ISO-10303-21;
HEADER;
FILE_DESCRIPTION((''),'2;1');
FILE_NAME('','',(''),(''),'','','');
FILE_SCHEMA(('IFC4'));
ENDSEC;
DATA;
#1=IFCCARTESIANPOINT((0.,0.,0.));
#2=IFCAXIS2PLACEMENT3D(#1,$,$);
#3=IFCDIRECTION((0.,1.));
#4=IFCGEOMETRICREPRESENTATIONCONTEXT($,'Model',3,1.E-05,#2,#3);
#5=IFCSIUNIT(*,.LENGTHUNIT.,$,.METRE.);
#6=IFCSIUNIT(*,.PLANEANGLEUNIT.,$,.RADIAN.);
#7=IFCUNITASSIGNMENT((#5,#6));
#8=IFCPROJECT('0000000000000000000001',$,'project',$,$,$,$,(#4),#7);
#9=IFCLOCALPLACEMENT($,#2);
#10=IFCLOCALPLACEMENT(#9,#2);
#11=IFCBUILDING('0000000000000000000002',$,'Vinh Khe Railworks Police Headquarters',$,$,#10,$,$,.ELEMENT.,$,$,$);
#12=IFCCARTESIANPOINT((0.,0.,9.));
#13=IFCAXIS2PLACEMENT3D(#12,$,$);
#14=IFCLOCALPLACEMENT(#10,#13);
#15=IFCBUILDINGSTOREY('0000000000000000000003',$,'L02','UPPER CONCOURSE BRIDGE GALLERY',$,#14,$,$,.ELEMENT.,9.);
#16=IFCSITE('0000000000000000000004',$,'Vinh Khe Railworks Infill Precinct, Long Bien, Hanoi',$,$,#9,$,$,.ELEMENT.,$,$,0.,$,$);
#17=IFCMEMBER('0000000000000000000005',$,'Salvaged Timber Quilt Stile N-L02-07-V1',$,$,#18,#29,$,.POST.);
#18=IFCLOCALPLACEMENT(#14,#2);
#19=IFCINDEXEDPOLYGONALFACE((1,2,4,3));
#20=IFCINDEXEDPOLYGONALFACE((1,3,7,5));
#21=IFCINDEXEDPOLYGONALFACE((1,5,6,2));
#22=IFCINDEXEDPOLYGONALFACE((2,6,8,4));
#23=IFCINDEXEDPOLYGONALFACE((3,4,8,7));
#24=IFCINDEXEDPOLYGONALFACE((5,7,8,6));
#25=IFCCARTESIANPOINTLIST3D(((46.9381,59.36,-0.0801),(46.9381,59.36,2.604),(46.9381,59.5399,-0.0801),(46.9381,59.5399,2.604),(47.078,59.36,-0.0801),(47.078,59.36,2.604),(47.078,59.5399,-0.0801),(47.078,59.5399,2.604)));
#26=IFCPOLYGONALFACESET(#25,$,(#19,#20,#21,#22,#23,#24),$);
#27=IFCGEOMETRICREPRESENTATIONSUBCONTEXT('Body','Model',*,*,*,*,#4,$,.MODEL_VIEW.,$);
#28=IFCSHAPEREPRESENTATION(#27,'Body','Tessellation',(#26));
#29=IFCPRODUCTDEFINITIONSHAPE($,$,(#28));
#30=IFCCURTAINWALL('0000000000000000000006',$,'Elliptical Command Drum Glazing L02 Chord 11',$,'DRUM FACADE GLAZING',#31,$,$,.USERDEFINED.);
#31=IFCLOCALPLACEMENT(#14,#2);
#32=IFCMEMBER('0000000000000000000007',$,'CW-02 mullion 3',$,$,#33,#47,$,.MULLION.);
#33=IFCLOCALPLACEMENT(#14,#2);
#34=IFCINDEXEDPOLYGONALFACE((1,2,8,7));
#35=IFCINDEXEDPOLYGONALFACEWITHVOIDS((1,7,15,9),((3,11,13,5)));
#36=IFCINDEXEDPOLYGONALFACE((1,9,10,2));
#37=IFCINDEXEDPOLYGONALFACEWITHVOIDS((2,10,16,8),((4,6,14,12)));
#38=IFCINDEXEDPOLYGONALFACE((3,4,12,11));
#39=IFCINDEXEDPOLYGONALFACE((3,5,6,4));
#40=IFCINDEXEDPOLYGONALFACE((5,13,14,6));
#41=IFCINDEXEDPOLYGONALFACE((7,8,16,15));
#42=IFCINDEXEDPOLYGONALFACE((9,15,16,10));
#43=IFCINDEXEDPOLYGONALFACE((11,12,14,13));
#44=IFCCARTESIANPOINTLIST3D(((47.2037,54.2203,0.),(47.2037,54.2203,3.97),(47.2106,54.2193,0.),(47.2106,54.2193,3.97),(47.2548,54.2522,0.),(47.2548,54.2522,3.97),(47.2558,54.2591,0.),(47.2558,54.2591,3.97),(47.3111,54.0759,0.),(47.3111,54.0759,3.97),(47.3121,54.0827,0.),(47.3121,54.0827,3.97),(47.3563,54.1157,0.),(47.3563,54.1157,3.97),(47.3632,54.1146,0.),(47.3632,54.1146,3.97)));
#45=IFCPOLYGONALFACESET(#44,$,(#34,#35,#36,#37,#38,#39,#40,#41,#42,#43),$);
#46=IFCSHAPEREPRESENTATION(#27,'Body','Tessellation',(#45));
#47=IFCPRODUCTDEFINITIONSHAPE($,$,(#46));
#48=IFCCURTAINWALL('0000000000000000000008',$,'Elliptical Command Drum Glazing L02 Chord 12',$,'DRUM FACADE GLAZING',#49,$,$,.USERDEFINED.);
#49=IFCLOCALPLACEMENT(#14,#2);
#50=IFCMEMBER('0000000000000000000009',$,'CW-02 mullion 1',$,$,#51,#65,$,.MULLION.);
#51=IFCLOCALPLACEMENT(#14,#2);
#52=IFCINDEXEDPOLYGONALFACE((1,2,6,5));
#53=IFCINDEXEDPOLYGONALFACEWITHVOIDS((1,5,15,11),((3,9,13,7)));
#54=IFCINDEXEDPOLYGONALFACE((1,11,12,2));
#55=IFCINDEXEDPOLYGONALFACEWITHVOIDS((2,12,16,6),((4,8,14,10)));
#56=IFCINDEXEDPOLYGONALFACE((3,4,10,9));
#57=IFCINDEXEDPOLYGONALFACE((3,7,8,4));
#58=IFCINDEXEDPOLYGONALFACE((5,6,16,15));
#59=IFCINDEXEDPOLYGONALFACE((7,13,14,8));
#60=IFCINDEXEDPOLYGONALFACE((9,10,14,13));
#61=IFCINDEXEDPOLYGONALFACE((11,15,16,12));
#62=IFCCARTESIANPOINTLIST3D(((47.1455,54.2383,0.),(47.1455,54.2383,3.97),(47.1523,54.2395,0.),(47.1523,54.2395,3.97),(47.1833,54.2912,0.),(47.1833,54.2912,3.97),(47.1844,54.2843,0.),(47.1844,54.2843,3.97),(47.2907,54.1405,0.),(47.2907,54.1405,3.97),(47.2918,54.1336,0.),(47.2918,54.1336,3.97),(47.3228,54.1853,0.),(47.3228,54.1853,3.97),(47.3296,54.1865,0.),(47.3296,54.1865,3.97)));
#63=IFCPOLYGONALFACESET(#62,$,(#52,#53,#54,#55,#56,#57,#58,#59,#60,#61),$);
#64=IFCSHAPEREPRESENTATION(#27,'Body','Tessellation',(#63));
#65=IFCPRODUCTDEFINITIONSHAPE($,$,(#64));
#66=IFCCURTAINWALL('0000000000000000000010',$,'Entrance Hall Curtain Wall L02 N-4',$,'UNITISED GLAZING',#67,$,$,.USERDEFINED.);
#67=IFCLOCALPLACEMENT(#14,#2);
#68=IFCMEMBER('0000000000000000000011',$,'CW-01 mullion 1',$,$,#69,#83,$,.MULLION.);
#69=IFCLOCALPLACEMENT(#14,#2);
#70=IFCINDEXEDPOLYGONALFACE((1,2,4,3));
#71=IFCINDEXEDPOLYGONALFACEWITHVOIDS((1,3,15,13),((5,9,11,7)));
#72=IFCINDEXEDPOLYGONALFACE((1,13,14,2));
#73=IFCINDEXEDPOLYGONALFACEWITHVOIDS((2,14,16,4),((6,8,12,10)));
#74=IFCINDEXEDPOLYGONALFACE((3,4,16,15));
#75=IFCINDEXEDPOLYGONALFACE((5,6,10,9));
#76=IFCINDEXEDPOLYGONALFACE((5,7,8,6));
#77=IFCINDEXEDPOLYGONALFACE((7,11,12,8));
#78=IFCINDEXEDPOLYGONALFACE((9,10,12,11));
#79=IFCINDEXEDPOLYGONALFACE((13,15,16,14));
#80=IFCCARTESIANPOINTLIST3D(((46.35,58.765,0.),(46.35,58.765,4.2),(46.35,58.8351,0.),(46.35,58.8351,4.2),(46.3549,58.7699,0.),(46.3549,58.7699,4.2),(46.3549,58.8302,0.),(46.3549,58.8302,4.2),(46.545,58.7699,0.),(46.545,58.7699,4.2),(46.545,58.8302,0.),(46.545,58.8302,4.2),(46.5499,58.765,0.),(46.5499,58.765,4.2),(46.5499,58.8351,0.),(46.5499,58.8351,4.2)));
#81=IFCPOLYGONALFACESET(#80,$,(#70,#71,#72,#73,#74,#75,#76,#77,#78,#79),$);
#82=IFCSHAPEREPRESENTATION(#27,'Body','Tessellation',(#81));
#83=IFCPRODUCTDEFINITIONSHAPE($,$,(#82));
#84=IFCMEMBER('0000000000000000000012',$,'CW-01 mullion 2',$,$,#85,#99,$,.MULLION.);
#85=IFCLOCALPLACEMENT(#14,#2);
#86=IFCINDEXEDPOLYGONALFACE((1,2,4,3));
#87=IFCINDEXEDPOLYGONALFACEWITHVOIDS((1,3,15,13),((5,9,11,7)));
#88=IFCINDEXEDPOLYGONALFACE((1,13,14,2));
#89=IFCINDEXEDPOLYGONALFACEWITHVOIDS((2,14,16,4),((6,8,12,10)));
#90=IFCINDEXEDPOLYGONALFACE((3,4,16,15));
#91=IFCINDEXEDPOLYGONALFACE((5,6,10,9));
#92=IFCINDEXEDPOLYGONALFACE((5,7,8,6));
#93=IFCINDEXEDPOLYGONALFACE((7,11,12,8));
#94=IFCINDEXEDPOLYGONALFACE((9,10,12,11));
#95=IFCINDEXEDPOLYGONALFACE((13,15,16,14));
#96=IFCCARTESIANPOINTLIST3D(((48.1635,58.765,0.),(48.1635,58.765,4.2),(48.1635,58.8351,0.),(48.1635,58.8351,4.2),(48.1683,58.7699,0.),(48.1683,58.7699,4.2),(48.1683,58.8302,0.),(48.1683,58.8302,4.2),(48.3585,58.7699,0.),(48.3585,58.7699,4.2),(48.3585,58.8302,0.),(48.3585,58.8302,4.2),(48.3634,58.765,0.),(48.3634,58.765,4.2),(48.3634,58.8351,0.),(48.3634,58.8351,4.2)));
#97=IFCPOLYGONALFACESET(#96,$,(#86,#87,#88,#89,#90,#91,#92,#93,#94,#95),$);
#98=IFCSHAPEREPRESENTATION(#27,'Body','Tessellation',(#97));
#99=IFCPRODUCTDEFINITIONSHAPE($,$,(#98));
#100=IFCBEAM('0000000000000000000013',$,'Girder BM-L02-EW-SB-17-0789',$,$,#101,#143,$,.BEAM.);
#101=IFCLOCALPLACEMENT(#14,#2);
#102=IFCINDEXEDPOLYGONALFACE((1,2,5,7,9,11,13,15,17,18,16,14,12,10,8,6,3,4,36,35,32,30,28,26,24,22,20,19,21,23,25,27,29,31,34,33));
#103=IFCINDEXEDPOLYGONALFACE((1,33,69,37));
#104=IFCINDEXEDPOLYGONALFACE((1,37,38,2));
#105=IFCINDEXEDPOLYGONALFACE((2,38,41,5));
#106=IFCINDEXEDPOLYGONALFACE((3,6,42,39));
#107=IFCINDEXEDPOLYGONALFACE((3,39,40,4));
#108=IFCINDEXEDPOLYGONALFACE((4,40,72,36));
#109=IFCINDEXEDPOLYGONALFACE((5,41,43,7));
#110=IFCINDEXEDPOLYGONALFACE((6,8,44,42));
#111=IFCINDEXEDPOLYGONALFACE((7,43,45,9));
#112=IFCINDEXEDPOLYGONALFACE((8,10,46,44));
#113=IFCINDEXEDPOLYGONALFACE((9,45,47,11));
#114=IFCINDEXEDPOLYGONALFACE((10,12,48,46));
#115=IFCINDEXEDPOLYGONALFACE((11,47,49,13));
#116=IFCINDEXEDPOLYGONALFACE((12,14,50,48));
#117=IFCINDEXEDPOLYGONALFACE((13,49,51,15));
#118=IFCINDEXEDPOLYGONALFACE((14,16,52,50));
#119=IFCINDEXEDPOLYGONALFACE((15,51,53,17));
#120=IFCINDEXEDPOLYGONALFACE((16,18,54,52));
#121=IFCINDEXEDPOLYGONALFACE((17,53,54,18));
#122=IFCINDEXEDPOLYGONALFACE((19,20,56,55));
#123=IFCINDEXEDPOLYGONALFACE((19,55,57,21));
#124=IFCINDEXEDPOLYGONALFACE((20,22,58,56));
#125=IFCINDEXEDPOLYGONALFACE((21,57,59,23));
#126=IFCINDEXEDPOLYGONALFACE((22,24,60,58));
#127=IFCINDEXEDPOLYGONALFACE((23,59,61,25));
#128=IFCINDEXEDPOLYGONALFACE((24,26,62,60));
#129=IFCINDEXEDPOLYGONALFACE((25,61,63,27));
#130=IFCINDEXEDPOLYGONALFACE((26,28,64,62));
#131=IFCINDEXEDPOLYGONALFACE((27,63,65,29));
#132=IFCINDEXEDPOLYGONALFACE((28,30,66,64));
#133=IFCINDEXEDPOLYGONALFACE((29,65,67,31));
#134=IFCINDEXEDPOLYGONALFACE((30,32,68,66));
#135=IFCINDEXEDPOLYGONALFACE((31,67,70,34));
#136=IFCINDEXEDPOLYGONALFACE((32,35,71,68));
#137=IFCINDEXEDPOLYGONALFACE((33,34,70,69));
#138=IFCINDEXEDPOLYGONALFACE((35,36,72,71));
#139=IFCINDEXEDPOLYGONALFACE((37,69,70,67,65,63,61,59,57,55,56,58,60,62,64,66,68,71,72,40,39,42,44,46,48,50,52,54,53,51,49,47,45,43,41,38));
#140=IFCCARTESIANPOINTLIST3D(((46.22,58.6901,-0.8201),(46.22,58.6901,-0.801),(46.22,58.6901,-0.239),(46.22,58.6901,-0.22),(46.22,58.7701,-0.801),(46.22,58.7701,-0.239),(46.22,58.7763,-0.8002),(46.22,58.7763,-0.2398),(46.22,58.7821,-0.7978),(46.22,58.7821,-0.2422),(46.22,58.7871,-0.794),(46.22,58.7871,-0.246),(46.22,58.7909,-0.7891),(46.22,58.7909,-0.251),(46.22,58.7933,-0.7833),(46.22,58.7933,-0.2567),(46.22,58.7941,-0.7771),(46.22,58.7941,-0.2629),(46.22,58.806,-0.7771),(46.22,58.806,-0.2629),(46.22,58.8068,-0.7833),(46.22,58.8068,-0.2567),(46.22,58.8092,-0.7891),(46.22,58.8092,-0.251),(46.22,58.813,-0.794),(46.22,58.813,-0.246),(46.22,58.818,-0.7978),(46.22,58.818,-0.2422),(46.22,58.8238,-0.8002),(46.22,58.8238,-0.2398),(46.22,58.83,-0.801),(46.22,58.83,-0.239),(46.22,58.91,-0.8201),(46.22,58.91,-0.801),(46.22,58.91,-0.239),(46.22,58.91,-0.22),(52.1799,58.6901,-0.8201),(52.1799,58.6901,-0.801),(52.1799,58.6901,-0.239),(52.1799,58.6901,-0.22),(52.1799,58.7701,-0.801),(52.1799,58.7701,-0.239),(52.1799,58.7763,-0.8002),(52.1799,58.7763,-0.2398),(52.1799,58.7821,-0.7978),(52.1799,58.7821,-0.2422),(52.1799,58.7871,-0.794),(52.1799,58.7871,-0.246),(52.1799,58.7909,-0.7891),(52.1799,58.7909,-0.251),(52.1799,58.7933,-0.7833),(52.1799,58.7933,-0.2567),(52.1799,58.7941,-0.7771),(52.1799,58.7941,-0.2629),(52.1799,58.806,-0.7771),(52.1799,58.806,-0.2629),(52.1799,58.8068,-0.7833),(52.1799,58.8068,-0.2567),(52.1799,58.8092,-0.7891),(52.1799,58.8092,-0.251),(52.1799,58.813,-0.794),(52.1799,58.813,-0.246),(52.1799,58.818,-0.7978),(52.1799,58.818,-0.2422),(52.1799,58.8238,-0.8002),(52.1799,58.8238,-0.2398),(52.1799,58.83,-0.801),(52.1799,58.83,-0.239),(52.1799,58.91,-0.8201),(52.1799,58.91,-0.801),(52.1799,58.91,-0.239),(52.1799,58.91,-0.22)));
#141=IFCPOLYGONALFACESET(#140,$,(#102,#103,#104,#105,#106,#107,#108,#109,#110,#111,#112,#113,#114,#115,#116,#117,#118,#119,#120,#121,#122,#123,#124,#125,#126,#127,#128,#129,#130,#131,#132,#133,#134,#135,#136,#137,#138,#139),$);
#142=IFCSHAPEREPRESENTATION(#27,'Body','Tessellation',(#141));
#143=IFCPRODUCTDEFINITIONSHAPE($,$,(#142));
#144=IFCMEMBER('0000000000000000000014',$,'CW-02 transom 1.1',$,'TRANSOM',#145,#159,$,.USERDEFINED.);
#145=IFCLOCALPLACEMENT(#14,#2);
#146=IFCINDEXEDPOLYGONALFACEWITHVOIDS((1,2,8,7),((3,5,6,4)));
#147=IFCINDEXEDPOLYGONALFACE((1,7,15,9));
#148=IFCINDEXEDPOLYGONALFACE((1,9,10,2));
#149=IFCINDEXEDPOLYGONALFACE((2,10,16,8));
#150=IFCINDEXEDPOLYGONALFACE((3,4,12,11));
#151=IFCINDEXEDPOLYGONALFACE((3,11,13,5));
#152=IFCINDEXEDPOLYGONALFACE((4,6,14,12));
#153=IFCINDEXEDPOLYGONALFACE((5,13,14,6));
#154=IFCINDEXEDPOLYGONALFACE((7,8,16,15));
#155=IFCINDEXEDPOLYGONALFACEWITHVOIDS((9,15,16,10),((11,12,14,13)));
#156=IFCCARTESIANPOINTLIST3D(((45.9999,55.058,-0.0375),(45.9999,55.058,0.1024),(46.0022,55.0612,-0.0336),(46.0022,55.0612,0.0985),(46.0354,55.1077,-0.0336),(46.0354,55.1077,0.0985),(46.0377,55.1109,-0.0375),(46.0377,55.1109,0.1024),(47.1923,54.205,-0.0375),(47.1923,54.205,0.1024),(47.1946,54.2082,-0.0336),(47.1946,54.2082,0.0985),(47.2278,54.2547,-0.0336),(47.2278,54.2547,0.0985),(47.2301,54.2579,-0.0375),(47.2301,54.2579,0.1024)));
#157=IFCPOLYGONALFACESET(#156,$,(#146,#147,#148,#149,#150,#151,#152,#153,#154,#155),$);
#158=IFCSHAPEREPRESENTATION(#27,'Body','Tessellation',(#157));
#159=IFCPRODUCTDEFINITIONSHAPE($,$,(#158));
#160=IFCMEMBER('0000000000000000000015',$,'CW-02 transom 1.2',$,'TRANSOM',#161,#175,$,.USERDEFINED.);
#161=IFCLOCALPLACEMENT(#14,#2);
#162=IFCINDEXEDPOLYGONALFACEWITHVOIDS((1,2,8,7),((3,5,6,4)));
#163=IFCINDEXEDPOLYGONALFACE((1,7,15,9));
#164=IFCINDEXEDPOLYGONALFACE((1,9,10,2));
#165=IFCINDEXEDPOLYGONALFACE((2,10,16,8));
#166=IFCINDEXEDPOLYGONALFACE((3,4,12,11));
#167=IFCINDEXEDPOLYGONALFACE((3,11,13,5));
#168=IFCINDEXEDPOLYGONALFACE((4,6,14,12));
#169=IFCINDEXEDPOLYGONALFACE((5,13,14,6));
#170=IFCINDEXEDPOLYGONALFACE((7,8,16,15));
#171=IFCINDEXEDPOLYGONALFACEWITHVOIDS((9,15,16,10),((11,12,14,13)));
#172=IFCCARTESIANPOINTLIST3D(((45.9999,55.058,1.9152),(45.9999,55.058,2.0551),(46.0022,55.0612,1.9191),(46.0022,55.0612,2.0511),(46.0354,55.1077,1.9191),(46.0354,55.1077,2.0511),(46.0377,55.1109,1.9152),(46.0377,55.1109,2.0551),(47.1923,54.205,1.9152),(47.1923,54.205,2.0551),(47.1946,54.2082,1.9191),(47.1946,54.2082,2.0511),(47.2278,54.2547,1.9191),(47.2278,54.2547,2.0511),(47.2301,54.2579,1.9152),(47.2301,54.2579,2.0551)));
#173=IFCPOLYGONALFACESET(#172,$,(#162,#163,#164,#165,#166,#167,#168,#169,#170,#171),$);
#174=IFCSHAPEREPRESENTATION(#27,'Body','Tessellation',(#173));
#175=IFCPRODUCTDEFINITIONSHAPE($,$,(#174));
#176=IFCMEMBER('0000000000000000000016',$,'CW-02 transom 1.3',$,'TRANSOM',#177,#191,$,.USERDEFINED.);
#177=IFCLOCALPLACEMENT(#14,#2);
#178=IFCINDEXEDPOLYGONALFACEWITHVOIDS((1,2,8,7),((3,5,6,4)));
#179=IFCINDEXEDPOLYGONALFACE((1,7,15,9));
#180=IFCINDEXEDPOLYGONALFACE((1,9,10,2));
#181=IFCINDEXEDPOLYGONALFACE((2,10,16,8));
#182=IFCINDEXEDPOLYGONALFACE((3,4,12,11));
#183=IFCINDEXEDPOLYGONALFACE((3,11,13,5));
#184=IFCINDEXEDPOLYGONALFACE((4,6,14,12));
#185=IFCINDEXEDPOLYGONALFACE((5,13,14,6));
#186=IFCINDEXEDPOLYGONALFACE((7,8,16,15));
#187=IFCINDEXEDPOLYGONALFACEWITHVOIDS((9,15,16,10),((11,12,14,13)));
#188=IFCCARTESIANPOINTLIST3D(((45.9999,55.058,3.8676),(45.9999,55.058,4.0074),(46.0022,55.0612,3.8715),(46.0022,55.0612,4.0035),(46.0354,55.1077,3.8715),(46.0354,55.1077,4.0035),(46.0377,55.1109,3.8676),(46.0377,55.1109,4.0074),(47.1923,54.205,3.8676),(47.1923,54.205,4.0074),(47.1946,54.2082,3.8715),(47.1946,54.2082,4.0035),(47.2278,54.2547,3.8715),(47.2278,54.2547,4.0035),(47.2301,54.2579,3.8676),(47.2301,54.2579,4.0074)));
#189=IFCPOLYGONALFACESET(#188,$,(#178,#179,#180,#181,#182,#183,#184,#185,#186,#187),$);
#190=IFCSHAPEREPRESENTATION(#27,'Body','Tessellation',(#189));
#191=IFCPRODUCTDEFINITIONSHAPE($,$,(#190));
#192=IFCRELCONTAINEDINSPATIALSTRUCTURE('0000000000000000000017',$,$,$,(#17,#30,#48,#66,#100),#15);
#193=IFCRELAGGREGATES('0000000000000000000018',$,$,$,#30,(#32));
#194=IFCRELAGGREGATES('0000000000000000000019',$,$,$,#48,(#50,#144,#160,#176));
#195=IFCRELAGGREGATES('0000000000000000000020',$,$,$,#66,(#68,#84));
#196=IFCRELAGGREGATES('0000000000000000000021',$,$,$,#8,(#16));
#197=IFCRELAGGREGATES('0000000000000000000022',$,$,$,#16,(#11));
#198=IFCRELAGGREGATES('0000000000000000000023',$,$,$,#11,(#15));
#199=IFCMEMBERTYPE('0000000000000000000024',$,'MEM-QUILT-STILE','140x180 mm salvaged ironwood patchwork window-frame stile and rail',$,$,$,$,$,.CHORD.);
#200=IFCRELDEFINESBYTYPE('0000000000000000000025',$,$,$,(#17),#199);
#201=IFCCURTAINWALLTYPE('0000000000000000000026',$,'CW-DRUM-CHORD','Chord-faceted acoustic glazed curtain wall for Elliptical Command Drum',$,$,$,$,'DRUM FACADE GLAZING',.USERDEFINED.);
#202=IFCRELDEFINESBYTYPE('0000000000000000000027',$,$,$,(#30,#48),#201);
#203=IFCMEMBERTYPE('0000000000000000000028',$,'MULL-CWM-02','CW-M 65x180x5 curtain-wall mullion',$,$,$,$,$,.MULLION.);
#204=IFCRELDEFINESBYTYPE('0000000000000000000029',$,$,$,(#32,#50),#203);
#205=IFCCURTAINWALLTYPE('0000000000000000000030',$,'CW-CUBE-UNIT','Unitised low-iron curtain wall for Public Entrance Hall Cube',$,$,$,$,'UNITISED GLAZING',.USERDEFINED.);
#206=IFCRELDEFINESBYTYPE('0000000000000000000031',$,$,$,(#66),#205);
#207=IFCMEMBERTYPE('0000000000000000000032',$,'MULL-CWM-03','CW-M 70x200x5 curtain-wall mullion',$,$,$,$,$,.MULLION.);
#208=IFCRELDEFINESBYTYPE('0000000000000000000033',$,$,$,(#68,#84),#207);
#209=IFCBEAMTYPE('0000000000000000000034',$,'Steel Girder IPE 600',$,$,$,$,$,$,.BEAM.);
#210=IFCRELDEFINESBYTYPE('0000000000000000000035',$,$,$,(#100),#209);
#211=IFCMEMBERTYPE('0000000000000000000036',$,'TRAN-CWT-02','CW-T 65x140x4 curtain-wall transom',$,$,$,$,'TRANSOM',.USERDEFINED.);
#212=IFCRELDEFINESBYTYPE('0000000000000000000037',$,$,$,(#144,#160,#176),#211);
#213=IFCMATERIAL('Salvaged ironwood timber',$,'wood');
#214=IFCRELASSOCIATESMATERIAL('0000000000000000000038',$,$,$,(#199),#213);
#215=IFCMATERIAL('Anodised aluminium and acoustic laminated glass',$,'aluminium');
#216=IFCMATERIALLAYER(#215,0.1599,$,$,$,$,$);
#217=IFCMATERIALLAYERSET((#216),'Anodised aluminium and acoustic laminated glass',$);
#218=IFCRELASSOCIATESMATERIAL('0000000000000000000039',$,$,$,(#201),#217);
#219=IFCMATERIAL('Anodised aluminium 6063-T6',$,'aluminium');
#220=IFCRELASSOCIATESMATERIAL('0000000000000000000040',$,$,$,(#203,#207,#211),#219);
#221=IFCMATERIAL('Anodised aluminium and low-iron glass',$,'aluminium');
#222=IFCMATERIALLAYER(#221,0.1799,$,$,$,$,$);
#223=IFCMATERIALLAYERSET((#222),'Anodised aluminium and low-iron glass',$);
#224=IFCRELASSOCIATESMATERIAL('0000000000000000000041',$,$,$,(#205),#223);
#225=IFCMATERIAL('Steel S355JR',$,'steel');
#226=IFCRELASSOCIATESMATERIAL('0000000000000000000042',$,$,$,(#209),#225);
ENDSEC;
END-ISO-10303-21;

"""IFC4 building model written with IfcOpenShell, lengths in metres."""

from ifc_helpers import new_model, si_unit, direction, frame, origin, origin_2d, place, context, subcontext, project, spatial, rectangle, hollow_rectangle, i_section, extrude, material, layer, layer_set, material_profile, profile_set, type_object, element, aggregate, save


model = new_model("IFC4")

# Units and contexts
model_context = context("Model", 3, precision=1e-05, world=origin(), true_north=direction((0.0, 1.0)))
body_context = subcontext(model_context, "Body", "Model", "MODEL_VIEW")
ifc_project = project(units=[si_unit("LENGTHUNIT", "METRE"), si_unit("PLANEANGLEUNIT", "RADIAN")], contexts=[model_context])

# Site, building, storey
site_placement = place(None, origin())
site = spatial("IfcSite", under=ifc_project, at=site_placement, Name="Vinh Khe Railworks Infill Precinct, Long Bien, Hanoi", CompositionType="ELEMENT", RefElevation=0.0)
building_placement = place(site_placement, origin())
building = spatial("IfcBuilding", under=site, at=building_placement, Name="Vinh Khe Railworks Police Headquarters", CompositionType="ELEMENT")
storey_placement = place(building_placement, frame((0.0, 0.0, 9.0)))
storey = spatial("IfcBuildingStorey", under=building, at=storey_placement, Name="L02", Description="UPPER CONCOURSE BRIDGE GALLERY", CompositionType="ELEMENT", Elevation=9.0)

# Member
ifc_material_1 = material(Name="Salvaged ironwood timber", Category="wood")
ifc_material_profile_1 = material_profile(ifc_material_1, rectangle(XDim=0.1399, YDim=0.1799, at=origin_2d()), Name="TIMBER 140x180")
ifc_profile_set_1 = profile_set([ifc_material_profile_1], Name="Salvaged ironwood timber")
member_type_1 = type_object("IfcMemberType", Name="MEM-QUILT-STILE", Description="140x180 mm salvaged ironwood patchwork window-frame stile and rail", PredefinedType="CHORD", material=ifc_profile_set_1)
member_1_placement = place(storey_placement, frame((47.0081, 59.45, -0.0801), z_axis=(0.0, 0.0, 1.0), x_axis=(1.0, 0.0, 0.0)))
element("IfcMember", 1, at=member_1_placement, inside=storey, type_object=member_type_1, Name="Salvaged Timber Quilt Stile N-L02-07-V1", PredefinedType="POST", context=body_context, shape_type="SweptSolid", body=[
    extrude(rectangle(XDim=0.1399, YDim=0.1799, at=origin_2d()), origin(), (0.0, 0.0, 1.0), 2.6841),
])

# Curtain walls, members
ifc_material_2 = material(Name="Anodised aluminium and acoustic laminated glass", Category="aluminium")
ifc_layer_1 = layer(ifc_material_2, 0.1599)
ifc_layer_set_1 = layer_set([ifc_layer_1], Name="Anodised aluminium and acoustic laminated glass")
curtain_wall_type_1 = type_object("IfcCurtainWallType", Name="CW-DRUM-CHORD", Description="Chord-faceted acoustic glazed curtain wall for Elliptical Command Drum", ElementType="DRUM FACADE GLAZING", PredefinedType="USERDEFINED", material=ifc_layer_set_1)
curtain_wall_1_placement = place(storey_placement, origin())
curtain_wall_1 = element("IfcCurtainWall", 2, at=curtain_wall_1_placement, inside=storey, type_object=curtain_wall_type_1, Name="Elliptical Command Drum Glazing L02 Chord 11", ObjectType="DRUM FACADE GLAZING", PredefinedType="USERDEFINED")
ifc_material_3 = material(Name="Anodised aluminium 6063-T6", Category="aluminium")
ifc_material_profile_2 = material_profile(ifc_material_3, hollow_rectangle(XDim=0.0649, YDim=0.1799, WallThickness=0.0049, at=origin_2d()), Name="CW-M 65x180x5")
ifc_profile_set_2 = profile_set([ifc_material_profile_2], Name="Anodised aluminium 6063-T6")
member_type_2 = type_object("IfcMemberType", Name="MULL-CWM-02", Description="CW-M 65x180x5 curtain-wall mullion", PredefinedType="MULLION", material=ifc_profile_set_2)
member_2_placement = place(storey_placement, frame((47.2834, 54.1675, 0.0), z_axis=(0.0, 0.0, 1.0), x_axis=(-0.802592, -0.596528, 0.0)))
member_2 = element("IfcMember", 3, at=member_2_placement, type_object=member_type_2, Name="CW-02 mullion 3", PredefinedType="MULLION", context=body_context, shape_type="SweptSolid", body=[
    extrude(hollow_rectangle(XDim=0.0649, YDim=0.1799, WallThickness=0.0049, at=origin_2d()), origin(), (0.0, 0.0, 1.0), 3.97),
])
aggregate(curtain_wall_1, [member_2])
curtain_wall_2_placement = place(storey_placement, origin())
curtain_wall_2 = element("IfcCurtainWall", 4, at=curtain_wall_2_placement, inside=storey, type_object=curtain_wall_type_1, Name="Elliptical Command Drum Glazing L02 Chord 12", ObjectType="DRUM FACADE GLAZING", PredefinedType="USERDEFINED")
member_3_placement = place(storey_placement, frame((47.2375, 54.2124, 0.0), z_axis=(0.0, 0.0, 1.0), x_axis=(-0.581915, -0.813249, 0.0)))
member_3 = element("IfcMember", 5, at=member_3_placement, type_object=member_type_2, Name="CW-02 mullion 1", PredefinedType="MULLION", context=body_context, shape_type="SweptSolid", body=[
    extrude(hollow_rectangle(XDim=0.0649, YDim=0.1799, WallThickness=0.0049, at=origin_2d()), origin(), (0.0, 0.0, 1.0), 3.97),
])

# Curtain wall, members
ifc_material_4 = material(Name="Anodised aluminium and low-iron glass", Category="aluminium")
ifc_layer_2 = layer(ifc_material_4, 0.1799)
ifc_layer_set_2 = layer_set([ifc_layer_2], Name="Anodised aluminium and low-iron glass")
curtain_wall_type_2 = type_object("IfcCurtainWallType", Name="CW-CUBE-UNIT", Description="Unitised low-iron curtain wall for Public Entrance Hall Cube", ElementType="UNITISED GLAZING", PredefinedType="USERDEFINED", material=ifc_layer_set_2)
curtain_wall_3_placement = place(storey_placement, origin())
curtain_wall_3 = element("IfcCurtainWall", 6, at=curtain_wall_3_placement, inside=storey, type_object=curtain_wall_type_2, Name="Entrance Hall Curtain Wall L02 N-4", ObjectType="UNITISED GLAZING", PredefinedType="USERDEFINED")
ifc_material_profile_3 = material_profile(ifc_material_3, hollow_rectangle(XDim=0.0701, YDim=0.2, WallThickness=0.0049, at=origin_2d()), Name="CW-M 70x200x5")
ifc_profile_set_3 = profile_set([ifc_material_profile_3], Name="Anodised aluminium 6063-T6")
member_type_3 = type_object("IfcMemberType", Name="MULL-CWM-03", Description="CW-M 70x200x5 curtain-wall mullion", PredefinedType="MULLION", material=ifc_profile_set_3)
member_4_placement = place(storey_placement, frame((46.45, 58.8, 0.0), z_axis=(0.0, 0.0, 1.0), x_axis=(0.0, 1.0, 0.0)))
member_4 = element("IfcMember", 7, at=member_4_placement, type_object=member_type_3, Name="CW-01 mullion 1", PredefinedType="MULLION", context=body_context, shape_type="SweptSolid", body=[
    extrude(hollow_rectangle(XDim=0.0701, YDim=0.2, WallThickness=0.0049, at=origin_2d()), origin(), (0.0, 0.0, 1.0), 4.2),
])
member_5_placement = place(storey_placement, frame((48.2634, 58.8, 0.0), z_axis=(0.0, 0.0, 1.0), x_axis=(0.0, 1.0, 0.0)))
member_5 = element("IfcMember", 8, at=member_5_placement, type_object=member_type_3, Name="CW-01 mullion 2", PredefinedType="MULLION", context=body_context, shape_type="SweptSolid", body=[
    extrude(hollow_rectangle(XDim=0.0701, YDim=0.2, WallThickness=0.0049, at=origin_2d()), origin(), (0.0, 0.0, 1.0), 4.2),
])

# Beam
ifc_material_5 = material(Name="Steel S355JR", Category="steel")
ifc_material_profile_4 = material_profile(ifc_material_5, i_section(OverallWidth=0.22, OverallDepth=0.6001, WebThickness=0.012, FlangeThickness=0.019, FilletRadius=0.0239, at=origin_2d()), Name="IPE 600")
ifc_profile_set_4 = profile_set([ifc_material_profile_4], Name="Steel S355JR")
beam_type = type_object("IfcBeamType", Name="Steel Girder IPE 600", PredefinedType="BEAM", material=ifc_profile_set_4)
beam_placement = place(storey_placement, frame((46.22, 58.8, -0.52), z_axis=(1.0, 0.0, 0.0), x_axis=(0.0, 1.0, 0.0)))
element("IfcBeam", 9, at=beam_placement, inside=storey, type_object=beam_type, Name="Girder BM-L02-EW-SB-17-0789", PredefinedType="BEAM", context=body_context, shape_type="SweptSolid", body=[
    extrude(i_section(OverallWidth=0.22, OverallDepth=0.6001, WebThickness=0.012, FlangeThickness=0.019, FilletRadius=0.0239, at=origin_2d()), origin(), (0.0, 0.0, 1.0), 5.96),
])

# Members
ifc_material_profile_5 = material_profile(ifc_material_3, hollow_rectangle(XDim=0.0649, YDim=0.1399, WallThickness=0.0039, at=origin_2d()), Name="CW-T 65x140x4")
ifc_profile_set_5 = profile_set([ifc_material_profile_5], Name="Anodised aluminium 6063-T6")
member_type_4 = type_object("IfcMemberType", Name="TRAN-CWT-02", Description="CW-T 65x140x4 curtain-wall transom", ElementType="TRANSOM", PredefinedType="USERDEFINED", material=ifc_profile_set_5)
member_6_placement = place(storey_placement, frame((47.2112, 54.2314, 0.0325), z_axis=(-0.813306, 0.581837, 0.0), x_axis=(-0.581837, -0.813306, 0.0)))
member_6 = element("IfcMember", 10, at=member_6_placement, type_object=member_type_4, Name="CW-02 transom 1.1", ObjectType="TRANSOM", PredefinedType="USERDEFINED", context=body_context, shape_type="SweptSolid", body=[
    extrude(hollow_rectangle(XDim=0.0649, YDim=0.1399, WallThickness=0.0039, at=origin_2d()), origin(), (0.0, 0.0, 1.0), 1.4661),
])
member_7_placement = place(storey_placement, frame((47.2112, 54.2314, 1.9851), z_axis=(-0.813306, 0.581837, 0.0), x_axis=(-0.581837, -0.813306, 0.0)))
member_7 = element("IfcMember", 11, at=member_7_placement, type_object=member_type_4, Name="CW-02 transom 1.2", ObjectType="TRANSOM", PredefinedType="USERDEFINED", context=body_context, shape_type="SweptSolid", body=[
    extrude(hollow_rectangle(XDim=0.0649, YDim=0.1399, WallThickness=0.0039, at=origin_2d()), origin(), (0.0, 0.0, 1.0), 1.4661),
])
member_8_placement = place(storey_placement, frame((47.2112, 54.2314, 3.9375), z_axis=(-0.813306, 0.581837, 0.0), x_axis=(-0.581837, -0.813306, 0.0)))
member_8 = element("IfcMember", 12, at=member_8_placement, type_object=member_type_4, Name="CW-02 transom 1.3", ObjectType="TRANSOM", PredefinedType="USERDEFINED", context=body_context, shape_type="SweptSolid", body=[
    extrude(hollow_rectangle(XDim=0.0649, YDim=0.1399, WallThickness=0.0039, at=origin_2d()), origin(), (0.0, 0.0, 1.0), 1.4661),
])

aggregate(curtain_wall_2, [member_3, member_6, member_7, member_8])
aggregate(curtain_wall_3, [member_4, member_5])

save(model, "model.ifc")
